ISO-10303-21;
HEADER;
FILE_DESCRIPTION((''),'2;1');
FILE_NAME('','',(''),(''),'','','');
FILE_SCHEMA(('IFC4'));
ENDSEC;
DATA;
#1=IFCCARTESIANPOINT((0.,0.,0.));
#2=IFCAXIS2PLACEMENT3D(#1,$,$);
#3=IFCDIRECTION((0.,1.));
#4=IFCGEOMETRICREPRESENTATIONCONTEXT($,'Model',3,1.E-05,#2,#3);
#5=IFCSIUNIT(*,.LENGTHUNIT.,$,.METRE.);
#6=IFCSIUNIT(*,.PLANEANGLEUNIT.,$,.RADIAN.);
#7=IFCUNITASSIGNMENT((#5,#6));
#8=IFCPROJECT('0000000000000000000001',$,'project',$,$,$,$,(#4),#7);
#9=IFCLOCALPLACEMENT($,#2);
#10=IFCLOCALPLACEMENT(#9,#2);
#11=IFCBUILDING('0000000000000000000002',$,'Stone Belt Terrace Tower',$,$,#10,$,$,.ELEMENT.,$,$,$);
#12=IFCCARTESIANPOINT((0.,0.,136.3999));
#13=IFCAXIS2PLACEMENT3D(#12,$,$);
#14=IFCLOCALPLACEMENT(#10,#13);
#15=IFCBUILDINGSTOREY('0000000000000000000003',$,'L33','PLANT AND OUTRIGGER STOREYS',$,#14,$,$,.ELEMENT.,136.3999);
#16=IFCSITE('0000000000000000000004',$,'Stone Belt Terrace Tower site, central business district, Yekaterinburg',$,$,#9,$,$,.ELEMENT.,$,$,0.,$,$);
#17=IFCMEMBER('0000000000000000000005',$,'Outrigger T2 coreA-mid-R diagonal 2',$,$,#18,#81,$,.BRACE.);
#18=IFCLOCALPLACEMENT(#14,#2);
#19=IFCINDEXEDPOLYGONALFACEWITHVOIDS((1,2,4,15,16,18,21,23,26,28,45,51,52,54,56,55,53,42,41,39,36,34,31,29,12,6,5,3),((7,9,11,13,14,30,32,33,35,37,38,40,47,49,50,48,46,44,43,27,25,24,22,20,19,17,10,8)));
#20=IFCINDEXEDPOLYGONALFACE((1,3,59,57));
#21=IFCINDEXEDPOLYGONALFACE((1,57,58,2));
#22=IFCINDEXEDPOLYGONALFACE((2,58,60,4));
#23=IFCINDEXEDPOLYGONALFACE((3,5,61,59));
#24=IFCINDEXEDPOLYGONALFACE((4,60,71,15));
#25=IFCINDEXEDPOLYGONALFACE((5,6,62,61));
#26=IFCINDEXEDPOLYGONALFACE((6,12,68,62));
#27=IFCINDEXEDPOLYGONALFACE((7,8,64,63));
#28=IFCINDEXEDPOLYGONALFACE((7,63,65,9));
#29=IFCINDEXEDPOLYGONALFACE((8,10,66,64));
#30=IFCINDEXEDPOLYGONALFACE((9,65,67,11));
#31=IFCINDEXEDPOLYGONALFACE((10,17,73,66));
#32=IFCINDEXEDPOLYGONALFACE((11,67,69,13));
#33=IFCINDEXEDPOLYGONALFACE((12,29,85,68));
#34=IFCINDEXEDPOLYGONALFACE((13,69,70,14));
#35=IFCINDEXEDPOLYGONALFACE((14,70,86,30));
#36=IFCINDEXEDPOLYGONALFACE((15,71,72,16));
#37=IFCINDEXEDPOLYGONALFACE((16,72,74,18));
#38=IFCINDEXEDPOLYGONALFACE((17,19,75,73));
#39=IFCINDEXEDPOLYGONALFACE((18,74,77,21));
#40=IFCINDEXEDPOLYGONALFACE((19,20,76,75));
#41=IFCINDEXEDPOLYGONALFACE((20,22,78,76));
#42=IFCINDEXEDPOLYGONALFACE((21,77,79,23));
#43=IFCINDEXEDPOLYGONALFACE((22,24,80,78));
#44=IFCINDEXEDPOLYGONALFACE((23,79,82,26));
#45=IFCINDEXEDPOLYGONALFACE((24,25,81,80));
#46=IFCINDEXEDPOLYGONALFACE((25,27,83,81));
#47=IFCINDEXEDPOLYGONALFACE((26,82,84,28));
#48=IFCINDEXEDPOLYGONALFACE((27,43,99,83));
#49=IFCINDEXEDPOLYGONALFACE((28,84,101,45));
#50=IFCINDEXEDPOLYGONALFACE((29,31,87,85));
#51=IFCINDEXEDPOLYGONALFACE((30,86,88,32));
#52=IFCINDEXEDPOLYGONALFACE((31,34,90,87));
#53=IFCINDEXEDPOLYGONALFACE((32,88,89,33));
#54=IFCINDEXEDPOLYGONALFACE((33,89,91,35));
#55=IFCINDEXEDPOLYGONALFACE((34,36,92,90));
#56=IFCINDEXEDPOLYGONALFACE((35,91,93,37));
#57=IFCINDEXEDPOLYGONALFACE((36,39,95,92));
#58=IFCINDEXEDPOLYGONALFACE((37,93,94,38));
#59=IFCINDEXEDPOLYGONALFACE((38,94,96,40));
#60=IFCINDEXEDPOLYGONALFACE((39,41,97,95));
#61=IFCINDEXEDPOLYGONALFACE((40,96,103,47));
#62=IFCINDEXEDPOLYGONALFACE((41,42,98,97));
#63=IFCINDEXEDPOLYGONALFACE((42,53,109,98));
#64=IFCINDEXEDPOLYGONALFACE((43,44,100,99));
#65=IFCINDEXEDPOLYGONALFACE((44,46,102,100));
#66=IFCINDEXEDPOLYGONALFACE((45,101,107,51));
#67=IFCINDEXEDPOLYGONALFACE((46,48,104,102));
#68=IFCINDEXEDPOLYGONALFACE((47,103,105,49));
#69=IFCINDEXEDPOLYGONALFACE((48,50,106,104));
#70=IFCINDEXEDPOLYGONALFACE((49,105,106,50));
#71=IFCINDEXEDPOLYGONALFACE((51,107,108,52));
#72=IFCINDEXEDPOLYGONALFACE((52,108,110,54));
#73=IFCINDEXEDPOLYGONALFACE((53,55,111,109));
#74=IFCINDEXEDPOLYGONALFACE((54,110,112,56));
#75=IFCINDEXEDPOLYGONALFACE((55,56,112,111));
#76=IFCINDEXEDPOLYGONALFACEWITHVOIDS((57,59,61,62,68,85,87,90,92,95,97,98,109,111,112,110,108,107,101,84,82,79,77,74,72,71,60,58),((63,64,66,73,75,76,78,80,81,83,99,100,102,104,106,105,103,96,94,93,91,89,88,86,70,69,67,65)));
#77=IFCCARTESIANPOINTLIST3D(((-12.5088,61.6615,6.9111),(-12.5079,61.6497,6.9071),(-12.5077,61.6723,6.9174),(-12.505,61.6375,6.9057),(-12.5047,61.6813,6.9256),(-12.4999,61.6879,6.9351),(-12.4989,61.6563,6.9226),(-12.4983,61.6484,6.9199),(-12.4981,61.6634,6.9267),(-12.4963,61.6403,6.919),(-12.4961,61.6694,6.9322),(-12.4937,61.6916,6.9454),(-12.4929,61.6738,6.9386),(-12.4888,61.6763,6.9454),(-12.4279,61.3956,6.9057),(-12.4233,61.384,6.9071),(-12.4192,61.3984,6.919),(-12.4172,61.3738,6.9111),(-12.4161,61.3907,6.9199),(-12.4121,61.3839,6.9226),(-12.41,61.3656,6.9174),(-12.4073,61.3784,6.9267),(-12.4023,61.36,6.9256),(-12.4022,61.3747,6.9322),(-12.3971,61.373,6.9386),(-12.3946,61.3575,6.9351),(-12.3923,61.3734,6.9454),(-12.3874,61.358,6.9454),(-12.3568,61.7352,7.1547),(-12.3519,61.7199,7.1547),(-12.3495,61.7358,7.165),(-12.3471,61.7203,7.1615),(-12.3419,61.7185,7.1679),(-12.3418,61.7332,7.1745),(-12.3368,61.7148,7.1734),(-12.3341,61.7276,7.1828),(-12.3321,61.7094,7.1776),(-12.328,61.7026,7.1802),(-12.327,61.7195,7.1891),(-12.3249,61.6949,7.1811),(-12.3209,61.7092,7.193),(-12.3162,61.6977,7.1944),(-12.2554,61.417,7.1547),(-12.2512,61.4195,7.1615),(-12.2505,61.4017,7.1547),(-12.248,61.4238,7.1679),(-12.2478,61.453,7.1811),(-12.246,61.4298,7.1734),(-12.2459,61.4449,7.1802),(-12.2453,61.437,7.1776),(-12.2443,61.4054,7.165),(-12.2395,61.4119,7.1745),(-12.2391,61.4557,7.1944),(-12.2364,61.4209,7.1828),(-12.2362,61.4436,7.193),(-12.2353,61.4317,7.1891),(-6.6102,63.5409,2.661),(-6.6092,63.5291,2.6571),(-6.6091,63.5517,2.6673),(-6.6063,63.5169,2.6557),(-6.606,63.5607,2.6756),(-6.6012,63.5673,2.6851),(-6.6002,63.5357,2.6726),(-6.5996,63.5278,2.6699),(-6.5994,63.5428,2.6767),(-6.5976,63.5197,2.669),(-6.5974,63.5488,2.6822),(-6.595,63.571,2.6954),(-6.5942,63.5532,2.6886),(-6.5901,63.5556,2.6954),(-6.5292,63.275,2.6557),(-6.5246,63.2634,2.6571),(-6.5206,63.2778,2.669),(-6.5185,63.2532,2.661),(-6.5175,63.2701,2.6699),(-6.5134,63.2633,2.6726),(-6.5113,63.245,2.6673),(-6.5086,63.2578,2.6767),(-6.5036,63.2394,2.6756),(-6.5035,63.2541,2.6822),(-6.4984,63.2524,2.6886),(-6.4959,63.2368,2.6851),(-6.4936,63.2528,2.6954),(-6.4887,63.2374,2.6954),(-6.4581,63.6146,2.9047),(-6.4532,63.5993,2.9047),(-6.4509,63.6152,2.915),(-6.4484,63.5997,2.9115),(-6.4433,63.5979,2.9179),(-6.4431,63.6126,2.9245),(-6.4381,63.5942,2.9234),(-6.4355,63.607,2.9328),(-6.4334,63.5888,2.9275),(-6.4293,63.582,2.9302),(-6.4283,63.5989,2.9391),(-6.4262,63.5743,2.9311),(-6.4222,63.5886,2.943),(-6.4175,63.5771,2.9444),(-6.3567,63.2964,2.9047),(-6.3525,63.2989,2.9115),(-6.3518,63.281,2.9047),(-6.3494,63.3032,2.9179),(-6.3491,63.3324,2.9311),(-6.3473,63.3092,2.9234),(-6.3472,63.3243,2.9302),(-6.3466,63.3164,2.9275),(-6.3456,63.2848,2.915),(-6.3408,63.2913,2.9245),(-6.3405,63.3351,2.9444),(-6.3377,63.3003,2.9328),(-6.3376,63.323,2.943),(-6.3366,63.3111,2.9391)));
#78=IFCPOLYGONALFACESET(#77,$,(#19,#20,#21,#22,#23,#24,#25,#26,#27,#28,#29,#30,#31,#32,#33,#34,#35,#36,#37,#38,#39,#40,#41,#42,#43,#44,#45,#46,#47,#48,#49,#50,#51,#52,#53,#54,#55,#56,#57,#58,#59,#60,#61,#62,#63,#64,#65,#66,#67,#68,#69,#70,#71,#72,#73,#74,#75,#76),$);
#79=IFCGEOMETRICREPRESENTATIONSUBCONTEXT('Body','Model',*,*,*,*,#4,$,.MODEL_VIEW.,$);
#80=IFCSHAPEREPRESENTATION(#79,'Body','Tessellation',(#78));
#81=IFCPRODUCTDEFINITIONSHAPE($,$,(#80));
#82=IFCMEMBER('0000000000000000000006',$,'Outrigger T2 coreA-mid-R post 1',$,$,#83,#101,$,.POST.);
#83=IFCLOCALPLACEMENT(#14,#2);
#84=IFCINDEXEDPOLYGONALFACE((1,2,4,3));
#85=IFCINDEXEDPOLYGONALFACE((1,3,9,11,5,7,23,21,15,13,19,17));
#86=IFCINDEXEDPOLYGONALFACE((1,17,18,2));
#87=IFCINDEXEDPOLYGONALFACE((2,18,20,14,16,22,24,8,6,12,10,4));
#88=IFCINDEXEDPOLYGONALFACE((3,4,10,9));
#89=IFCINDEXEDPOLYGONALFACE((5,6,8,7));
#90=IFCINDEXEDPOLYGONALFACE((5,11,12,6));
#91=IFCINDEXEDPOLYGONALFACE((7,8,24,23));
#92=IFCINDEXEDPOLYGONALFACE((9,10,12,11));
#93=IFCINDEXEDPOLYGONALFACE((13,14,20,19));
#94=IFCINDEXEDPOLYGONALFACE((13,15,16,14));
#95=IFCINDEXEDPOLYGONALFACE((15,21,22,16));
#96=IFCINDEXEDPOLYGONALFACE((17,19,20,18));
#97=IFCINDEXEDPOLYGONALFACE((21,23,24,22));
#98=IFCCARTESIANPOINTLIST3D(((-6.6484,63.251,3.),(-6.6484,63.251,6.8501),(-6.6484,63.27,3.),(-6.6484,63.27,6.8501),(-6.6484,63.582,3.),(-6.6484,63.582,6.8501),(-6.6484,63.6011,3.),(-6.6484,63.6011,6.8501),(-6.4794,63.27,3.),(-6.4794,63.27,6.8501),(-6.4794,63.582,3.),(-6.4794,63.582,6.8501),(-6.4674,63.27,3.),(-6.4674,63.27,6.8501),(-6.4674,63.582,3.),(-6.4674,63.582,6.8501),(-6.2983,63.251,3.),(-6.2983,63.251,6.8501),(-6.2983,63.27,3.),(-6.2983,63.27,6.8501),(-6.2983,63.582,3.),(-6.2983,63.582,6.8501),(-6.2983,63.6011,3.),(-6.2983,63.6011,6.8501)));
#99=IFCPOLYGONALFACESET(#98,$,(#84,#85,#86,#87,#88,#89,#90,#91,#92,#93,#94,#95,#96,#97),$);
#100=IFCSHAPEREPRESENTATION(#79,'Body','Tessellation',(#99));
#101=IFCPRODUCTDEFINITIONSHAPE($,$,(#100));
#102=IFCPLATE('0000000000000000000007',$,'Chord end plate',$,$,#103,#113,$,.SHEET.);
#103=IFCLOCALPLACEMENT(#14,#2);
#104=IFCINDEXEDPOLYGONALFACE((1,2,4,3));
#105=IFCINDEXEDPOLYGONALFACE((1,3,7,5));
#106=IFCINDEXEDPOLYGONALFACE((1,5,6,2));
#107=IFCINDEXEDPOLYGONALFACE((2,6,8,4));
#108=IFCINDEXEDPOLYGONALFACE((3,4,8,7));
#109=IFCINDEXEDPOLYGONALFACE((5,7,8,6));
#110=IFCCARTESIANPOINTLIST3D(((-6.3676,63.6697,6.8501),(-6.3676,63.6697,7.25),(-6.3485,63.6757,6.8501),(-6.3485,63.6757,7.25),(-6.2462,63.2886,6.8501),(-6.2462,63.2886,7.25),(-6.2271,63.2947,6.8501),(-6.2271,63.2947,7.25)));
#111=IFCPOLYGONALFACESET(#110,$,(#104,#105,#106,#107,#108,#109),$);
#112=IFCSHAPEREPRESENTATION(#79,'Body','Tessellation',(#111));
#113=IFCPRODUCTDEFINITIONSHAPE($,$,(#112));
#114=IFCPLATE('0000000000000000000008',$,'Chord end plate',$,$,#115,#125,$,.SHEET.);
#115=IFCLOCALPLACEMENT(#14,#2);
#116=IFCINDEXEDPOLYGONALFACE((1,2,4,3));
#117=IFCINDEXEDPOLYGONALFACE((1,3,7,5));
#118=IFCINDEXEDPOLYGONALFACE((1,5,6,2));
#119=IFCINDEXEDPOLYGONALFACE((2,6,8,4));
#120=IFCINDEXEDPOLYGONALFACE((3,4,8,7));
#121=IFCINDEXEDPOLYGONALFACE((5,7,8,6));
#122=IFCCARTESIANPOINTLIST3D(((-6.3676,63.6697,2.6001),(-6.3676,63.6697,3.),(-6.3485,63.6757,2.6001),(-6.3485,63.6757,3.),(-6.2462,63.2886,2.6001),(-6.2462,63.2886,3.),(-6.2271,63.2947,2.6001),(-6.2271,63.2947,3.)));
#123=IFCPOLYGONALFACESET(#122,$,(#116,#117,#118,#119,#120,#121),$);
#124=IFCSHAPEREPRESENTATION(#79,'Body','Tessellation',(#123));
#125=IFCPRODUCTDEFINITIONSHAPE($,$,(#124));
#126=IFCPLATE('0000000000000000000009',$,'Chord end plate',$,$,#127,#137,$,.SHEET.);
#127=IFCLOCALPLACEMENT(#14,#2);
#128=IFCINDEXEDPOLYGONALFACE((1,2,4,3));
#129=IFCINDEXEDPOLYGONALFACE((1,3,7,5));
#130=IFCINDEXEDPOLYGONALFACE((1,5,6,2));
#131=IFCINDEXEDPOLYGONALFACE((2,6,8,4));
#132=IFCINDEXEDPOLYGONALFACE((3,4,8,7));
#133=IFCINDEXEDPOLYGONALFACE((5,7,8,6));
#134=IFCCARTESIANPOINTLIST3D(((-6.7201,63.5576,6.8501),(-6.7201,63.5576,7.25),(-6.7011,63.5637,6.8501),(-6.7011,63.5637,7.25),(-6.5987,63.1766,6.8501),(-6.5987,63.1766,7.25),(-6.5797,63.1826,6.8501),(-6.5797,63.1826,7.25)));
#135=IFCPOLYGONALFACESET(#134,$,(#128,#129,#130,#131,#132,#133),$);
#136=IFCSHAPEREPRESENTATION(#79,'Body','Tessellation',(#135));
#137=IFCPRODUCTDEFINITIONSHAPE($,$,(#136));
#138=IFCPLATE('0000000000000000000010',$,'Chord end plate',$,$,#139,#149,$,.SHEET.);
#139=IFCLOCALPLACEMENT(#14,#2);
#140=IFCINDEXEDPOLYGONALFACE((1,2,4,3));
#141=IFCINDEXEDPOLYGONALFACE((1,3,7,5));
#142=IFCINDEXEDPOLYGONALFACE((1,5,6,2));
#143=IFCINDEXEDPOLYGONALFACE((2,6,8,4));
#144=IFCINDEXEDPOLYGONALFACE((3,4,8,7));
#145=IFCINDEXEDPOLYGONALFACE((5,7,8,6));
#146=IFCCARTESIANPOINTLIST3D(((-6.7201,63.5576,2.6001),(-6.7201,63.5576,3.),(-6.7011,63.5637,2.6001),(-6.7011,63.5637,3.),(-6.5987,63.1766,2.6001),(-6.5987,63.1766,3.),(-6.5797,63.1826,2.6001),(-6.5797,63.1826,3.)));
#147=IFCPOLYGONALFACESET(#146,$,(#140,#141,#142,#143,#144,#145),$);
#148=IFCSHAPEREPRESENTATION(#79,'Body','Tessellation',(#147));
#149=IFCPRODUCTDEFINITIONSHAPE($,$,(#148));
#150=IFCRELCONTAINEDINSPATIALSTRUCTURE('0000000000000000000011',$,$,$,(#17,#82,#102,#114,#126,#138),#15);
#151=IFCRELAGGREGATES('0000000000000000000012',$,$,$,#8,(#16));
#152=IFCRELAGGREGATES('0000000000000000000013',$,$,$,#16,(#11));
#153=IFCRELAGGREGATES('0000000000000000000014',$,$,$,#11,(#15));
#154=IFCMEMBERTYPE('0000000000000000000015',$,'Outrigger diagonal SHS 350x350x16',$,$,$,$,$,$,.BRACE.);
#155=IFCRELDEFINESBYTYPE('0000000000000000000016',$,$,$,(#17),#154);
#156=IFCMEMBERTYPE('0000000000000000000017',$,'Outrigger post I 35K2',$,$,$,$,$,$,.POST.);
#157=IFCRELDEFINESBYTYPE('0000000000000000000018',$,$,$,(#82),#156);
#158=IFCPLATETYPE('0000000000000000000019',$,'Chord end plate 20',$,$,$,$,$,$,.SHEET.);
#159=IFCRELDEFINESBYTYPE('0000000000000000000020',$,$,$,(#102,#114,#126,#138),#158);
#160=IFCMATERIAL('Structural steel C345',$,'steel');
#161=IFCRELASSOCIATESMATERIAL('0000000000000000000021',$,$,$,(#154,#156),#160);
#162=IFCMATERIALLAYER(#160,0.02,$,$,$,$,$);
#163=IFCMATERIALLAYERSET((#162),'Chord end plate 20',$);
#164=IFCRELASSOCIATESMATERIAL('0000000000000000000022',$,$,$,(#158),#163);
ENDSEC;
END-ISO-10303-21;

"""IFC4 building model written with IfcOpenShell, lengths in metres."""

from ifc_helpers import new_model, si_unit, direction, frame, origin, origin_2d, place, context, subcontext, project, spatial, rectangle, hollow_rectangle, i_section, extrude, material, layer, layer_set, material_profile, profile_set, type_object, element, save


model = new_model("IFC4")

# Units and contexts
model_context = context("Model", 3, precision=1e-05, world=origin(), true_north=direction((0.0, 1.0)))
body_context = subcontext(model_context, "Body", "Model", "MODEL_VIEW")
ifc_project = project(units=[si_unit("LENGTHUNIT", "METRE"), si_unit("PLANEANGLEUNIT", "RADIAN")], contexts=[model_context])

# Site, building, storey
site_placement = place(None, origin())
site = spatial("IfcSite", under=ifc_project, at=site_placement, Name="Stone Belt Terrace Tower site, central business district, Yekaterinburg", CompositionType="ELEMENT", RefElevation=0.0)
building_placement = place(site_placement, origin())
building = spatial("IfcBuilding", under=site, at=building_placement, Name="Stone Belt Terrace Tower", CompositionType="ELEMENT")
storey_placement = place(building_placement, frame((0.0, 0.0, 136.3999)))
storey = spatial("IfcBuildingStorey", under=building, at=storey_placement, Name="L33", Description="PLANT AND OUTRIGGER STOREYS", CompositionType="ELEMENT", Elevation=136.3999)

# Members
ifc_material_1 = material(Name="Structural steel C345", Category="steel")
ifc_material_profile_1 = material_profile(ifc_material_1, hollow_rectangle(XDim=0.3501, YDim=0.3501, WallThickness=0.0161, InnerFilletRadius=0.032, OuterFilletRadius=0.0481, at=origin_2d()), Name="SHS 350x350x16")
ifc_profile_set_1 = profile_set([ifc_material_profile_1], Name="Structural steel C345")
member_type_1 = type_object("IfcMemberType", Name="Outrigger diagonal SHS 350x350x16", PredefinedType="BRACE", material=ifc_profile_set_1)
member_1_placement = place(storey_placement, frame((-6.4734, 63.426, 2.8), z_axis=(-0.78552, -0.250277, 0.565967), x_axis=(0.303576, -0.952807, 0.0)))
element("IfcMember", 1, at=member_1_placement, inside=storey, type_object=member_type_1, Name="Outrigger T2 coreA-mid-R diagonal 2", PredefinedType="BRACE", context=body_context, shape_type="SweptSolid", body=[
    extrude(hollow_rectangle(XDim=0.3501, YDim=0.3501, WallThickness=0.0161, InnerFilletRadius=0.032, OuterFilletRadius=0.0481, at=origin_2d()), origin(), (0.0, 0.0, 1.0), 7.5093),
])
ifc_material_profile_2 = material_profile(ifc_material_1, i_section(OverallWidth=0.3501, OverallDepth=0.3501, WebThickness=0.012, FlangeThickness=0.019, at=origin_2d()), Name="I 35K2")
ifc_profile_set_2 = profile_set([ifc_material_profile_2], Name="Structural steel C345")
member_type_2 = type_object("IfcMemberType", Name="Outrigger post I 35K2", PredefinedType="POST", material=ifc_profile_set_2)
member_2_placement = place(storey_placement, frame((-6.4734, 63.426, 3.0), z_axis=(0.0, 0.0, 1.0), x_axis=(1.0, 0.0, 0.0)))
element("IfcMember", 2, at=member_2_placement, inside=storey, type_object=member_type_2, Name="Outrigger T2 coreA-mid-R post 1", PredefinedType="POST", context=body_context, shape_type="SweptSolid", body=[
    extrude(i_section(OverallWidth=0.3501, OverallDepth=0.3501, WebThickness=0.012, FlangeThickness=0.019, at=origin_2d()), origin(), (0.0, 0.0, 1.0), 3.8501),
])

# Plates
ifc_layer_1 = layer(ifc_material_1, 0.02)
ifc_layer_set_1 = layer_set([ifc_layer_1], Name="Chord end plate 20")
plate_type = type_object("IfcPlateType", Name="Chord end plate 20", PredefinedType="SHEET", material=ifc_layer_set_1)
for number, where, z_axis, x_axis, name in (
    (3, (-6.2974, 63.4822, 6.8501), (0.0, 0.0, 1.0), (-0.952799, -0.303602, 0.0), "Chord end plate"),
    (4, (-6.2974, 63.4822, 2.6001), (0.0, 0.0, 1.0), (-0.952799, -0.303602, 0.0), "Chord end plate"),
    (5, (-6.6499, 63.3701, 6.8501), (0.0, 0.0, 1.0), (0.952799, 0.303602, 0.0), "Chord end plate"),
    (6, (-6.6499, 63.3701, 2.6001), (0.0, 0.0, 1.0), (0.952799, 0.303602, 0.0), "Chord end plate"),
):
    element("IfcPlate", number, at=place(storey_placement, frame(where, z_axis=z_axis, x_axis=x_axis)), inside=storey, type_object=plate_type, Name=name, PredefinedType="SHEET", context=body_context, shape_type="SweptSolid", body=[
        extrude(rectangle(XDim=0.02, YDim=0.3999, at=origin_2d()), origin(), (0.0, 0.0, 1.0), 0.3999),
    ])

save(model, "model.ifc")
